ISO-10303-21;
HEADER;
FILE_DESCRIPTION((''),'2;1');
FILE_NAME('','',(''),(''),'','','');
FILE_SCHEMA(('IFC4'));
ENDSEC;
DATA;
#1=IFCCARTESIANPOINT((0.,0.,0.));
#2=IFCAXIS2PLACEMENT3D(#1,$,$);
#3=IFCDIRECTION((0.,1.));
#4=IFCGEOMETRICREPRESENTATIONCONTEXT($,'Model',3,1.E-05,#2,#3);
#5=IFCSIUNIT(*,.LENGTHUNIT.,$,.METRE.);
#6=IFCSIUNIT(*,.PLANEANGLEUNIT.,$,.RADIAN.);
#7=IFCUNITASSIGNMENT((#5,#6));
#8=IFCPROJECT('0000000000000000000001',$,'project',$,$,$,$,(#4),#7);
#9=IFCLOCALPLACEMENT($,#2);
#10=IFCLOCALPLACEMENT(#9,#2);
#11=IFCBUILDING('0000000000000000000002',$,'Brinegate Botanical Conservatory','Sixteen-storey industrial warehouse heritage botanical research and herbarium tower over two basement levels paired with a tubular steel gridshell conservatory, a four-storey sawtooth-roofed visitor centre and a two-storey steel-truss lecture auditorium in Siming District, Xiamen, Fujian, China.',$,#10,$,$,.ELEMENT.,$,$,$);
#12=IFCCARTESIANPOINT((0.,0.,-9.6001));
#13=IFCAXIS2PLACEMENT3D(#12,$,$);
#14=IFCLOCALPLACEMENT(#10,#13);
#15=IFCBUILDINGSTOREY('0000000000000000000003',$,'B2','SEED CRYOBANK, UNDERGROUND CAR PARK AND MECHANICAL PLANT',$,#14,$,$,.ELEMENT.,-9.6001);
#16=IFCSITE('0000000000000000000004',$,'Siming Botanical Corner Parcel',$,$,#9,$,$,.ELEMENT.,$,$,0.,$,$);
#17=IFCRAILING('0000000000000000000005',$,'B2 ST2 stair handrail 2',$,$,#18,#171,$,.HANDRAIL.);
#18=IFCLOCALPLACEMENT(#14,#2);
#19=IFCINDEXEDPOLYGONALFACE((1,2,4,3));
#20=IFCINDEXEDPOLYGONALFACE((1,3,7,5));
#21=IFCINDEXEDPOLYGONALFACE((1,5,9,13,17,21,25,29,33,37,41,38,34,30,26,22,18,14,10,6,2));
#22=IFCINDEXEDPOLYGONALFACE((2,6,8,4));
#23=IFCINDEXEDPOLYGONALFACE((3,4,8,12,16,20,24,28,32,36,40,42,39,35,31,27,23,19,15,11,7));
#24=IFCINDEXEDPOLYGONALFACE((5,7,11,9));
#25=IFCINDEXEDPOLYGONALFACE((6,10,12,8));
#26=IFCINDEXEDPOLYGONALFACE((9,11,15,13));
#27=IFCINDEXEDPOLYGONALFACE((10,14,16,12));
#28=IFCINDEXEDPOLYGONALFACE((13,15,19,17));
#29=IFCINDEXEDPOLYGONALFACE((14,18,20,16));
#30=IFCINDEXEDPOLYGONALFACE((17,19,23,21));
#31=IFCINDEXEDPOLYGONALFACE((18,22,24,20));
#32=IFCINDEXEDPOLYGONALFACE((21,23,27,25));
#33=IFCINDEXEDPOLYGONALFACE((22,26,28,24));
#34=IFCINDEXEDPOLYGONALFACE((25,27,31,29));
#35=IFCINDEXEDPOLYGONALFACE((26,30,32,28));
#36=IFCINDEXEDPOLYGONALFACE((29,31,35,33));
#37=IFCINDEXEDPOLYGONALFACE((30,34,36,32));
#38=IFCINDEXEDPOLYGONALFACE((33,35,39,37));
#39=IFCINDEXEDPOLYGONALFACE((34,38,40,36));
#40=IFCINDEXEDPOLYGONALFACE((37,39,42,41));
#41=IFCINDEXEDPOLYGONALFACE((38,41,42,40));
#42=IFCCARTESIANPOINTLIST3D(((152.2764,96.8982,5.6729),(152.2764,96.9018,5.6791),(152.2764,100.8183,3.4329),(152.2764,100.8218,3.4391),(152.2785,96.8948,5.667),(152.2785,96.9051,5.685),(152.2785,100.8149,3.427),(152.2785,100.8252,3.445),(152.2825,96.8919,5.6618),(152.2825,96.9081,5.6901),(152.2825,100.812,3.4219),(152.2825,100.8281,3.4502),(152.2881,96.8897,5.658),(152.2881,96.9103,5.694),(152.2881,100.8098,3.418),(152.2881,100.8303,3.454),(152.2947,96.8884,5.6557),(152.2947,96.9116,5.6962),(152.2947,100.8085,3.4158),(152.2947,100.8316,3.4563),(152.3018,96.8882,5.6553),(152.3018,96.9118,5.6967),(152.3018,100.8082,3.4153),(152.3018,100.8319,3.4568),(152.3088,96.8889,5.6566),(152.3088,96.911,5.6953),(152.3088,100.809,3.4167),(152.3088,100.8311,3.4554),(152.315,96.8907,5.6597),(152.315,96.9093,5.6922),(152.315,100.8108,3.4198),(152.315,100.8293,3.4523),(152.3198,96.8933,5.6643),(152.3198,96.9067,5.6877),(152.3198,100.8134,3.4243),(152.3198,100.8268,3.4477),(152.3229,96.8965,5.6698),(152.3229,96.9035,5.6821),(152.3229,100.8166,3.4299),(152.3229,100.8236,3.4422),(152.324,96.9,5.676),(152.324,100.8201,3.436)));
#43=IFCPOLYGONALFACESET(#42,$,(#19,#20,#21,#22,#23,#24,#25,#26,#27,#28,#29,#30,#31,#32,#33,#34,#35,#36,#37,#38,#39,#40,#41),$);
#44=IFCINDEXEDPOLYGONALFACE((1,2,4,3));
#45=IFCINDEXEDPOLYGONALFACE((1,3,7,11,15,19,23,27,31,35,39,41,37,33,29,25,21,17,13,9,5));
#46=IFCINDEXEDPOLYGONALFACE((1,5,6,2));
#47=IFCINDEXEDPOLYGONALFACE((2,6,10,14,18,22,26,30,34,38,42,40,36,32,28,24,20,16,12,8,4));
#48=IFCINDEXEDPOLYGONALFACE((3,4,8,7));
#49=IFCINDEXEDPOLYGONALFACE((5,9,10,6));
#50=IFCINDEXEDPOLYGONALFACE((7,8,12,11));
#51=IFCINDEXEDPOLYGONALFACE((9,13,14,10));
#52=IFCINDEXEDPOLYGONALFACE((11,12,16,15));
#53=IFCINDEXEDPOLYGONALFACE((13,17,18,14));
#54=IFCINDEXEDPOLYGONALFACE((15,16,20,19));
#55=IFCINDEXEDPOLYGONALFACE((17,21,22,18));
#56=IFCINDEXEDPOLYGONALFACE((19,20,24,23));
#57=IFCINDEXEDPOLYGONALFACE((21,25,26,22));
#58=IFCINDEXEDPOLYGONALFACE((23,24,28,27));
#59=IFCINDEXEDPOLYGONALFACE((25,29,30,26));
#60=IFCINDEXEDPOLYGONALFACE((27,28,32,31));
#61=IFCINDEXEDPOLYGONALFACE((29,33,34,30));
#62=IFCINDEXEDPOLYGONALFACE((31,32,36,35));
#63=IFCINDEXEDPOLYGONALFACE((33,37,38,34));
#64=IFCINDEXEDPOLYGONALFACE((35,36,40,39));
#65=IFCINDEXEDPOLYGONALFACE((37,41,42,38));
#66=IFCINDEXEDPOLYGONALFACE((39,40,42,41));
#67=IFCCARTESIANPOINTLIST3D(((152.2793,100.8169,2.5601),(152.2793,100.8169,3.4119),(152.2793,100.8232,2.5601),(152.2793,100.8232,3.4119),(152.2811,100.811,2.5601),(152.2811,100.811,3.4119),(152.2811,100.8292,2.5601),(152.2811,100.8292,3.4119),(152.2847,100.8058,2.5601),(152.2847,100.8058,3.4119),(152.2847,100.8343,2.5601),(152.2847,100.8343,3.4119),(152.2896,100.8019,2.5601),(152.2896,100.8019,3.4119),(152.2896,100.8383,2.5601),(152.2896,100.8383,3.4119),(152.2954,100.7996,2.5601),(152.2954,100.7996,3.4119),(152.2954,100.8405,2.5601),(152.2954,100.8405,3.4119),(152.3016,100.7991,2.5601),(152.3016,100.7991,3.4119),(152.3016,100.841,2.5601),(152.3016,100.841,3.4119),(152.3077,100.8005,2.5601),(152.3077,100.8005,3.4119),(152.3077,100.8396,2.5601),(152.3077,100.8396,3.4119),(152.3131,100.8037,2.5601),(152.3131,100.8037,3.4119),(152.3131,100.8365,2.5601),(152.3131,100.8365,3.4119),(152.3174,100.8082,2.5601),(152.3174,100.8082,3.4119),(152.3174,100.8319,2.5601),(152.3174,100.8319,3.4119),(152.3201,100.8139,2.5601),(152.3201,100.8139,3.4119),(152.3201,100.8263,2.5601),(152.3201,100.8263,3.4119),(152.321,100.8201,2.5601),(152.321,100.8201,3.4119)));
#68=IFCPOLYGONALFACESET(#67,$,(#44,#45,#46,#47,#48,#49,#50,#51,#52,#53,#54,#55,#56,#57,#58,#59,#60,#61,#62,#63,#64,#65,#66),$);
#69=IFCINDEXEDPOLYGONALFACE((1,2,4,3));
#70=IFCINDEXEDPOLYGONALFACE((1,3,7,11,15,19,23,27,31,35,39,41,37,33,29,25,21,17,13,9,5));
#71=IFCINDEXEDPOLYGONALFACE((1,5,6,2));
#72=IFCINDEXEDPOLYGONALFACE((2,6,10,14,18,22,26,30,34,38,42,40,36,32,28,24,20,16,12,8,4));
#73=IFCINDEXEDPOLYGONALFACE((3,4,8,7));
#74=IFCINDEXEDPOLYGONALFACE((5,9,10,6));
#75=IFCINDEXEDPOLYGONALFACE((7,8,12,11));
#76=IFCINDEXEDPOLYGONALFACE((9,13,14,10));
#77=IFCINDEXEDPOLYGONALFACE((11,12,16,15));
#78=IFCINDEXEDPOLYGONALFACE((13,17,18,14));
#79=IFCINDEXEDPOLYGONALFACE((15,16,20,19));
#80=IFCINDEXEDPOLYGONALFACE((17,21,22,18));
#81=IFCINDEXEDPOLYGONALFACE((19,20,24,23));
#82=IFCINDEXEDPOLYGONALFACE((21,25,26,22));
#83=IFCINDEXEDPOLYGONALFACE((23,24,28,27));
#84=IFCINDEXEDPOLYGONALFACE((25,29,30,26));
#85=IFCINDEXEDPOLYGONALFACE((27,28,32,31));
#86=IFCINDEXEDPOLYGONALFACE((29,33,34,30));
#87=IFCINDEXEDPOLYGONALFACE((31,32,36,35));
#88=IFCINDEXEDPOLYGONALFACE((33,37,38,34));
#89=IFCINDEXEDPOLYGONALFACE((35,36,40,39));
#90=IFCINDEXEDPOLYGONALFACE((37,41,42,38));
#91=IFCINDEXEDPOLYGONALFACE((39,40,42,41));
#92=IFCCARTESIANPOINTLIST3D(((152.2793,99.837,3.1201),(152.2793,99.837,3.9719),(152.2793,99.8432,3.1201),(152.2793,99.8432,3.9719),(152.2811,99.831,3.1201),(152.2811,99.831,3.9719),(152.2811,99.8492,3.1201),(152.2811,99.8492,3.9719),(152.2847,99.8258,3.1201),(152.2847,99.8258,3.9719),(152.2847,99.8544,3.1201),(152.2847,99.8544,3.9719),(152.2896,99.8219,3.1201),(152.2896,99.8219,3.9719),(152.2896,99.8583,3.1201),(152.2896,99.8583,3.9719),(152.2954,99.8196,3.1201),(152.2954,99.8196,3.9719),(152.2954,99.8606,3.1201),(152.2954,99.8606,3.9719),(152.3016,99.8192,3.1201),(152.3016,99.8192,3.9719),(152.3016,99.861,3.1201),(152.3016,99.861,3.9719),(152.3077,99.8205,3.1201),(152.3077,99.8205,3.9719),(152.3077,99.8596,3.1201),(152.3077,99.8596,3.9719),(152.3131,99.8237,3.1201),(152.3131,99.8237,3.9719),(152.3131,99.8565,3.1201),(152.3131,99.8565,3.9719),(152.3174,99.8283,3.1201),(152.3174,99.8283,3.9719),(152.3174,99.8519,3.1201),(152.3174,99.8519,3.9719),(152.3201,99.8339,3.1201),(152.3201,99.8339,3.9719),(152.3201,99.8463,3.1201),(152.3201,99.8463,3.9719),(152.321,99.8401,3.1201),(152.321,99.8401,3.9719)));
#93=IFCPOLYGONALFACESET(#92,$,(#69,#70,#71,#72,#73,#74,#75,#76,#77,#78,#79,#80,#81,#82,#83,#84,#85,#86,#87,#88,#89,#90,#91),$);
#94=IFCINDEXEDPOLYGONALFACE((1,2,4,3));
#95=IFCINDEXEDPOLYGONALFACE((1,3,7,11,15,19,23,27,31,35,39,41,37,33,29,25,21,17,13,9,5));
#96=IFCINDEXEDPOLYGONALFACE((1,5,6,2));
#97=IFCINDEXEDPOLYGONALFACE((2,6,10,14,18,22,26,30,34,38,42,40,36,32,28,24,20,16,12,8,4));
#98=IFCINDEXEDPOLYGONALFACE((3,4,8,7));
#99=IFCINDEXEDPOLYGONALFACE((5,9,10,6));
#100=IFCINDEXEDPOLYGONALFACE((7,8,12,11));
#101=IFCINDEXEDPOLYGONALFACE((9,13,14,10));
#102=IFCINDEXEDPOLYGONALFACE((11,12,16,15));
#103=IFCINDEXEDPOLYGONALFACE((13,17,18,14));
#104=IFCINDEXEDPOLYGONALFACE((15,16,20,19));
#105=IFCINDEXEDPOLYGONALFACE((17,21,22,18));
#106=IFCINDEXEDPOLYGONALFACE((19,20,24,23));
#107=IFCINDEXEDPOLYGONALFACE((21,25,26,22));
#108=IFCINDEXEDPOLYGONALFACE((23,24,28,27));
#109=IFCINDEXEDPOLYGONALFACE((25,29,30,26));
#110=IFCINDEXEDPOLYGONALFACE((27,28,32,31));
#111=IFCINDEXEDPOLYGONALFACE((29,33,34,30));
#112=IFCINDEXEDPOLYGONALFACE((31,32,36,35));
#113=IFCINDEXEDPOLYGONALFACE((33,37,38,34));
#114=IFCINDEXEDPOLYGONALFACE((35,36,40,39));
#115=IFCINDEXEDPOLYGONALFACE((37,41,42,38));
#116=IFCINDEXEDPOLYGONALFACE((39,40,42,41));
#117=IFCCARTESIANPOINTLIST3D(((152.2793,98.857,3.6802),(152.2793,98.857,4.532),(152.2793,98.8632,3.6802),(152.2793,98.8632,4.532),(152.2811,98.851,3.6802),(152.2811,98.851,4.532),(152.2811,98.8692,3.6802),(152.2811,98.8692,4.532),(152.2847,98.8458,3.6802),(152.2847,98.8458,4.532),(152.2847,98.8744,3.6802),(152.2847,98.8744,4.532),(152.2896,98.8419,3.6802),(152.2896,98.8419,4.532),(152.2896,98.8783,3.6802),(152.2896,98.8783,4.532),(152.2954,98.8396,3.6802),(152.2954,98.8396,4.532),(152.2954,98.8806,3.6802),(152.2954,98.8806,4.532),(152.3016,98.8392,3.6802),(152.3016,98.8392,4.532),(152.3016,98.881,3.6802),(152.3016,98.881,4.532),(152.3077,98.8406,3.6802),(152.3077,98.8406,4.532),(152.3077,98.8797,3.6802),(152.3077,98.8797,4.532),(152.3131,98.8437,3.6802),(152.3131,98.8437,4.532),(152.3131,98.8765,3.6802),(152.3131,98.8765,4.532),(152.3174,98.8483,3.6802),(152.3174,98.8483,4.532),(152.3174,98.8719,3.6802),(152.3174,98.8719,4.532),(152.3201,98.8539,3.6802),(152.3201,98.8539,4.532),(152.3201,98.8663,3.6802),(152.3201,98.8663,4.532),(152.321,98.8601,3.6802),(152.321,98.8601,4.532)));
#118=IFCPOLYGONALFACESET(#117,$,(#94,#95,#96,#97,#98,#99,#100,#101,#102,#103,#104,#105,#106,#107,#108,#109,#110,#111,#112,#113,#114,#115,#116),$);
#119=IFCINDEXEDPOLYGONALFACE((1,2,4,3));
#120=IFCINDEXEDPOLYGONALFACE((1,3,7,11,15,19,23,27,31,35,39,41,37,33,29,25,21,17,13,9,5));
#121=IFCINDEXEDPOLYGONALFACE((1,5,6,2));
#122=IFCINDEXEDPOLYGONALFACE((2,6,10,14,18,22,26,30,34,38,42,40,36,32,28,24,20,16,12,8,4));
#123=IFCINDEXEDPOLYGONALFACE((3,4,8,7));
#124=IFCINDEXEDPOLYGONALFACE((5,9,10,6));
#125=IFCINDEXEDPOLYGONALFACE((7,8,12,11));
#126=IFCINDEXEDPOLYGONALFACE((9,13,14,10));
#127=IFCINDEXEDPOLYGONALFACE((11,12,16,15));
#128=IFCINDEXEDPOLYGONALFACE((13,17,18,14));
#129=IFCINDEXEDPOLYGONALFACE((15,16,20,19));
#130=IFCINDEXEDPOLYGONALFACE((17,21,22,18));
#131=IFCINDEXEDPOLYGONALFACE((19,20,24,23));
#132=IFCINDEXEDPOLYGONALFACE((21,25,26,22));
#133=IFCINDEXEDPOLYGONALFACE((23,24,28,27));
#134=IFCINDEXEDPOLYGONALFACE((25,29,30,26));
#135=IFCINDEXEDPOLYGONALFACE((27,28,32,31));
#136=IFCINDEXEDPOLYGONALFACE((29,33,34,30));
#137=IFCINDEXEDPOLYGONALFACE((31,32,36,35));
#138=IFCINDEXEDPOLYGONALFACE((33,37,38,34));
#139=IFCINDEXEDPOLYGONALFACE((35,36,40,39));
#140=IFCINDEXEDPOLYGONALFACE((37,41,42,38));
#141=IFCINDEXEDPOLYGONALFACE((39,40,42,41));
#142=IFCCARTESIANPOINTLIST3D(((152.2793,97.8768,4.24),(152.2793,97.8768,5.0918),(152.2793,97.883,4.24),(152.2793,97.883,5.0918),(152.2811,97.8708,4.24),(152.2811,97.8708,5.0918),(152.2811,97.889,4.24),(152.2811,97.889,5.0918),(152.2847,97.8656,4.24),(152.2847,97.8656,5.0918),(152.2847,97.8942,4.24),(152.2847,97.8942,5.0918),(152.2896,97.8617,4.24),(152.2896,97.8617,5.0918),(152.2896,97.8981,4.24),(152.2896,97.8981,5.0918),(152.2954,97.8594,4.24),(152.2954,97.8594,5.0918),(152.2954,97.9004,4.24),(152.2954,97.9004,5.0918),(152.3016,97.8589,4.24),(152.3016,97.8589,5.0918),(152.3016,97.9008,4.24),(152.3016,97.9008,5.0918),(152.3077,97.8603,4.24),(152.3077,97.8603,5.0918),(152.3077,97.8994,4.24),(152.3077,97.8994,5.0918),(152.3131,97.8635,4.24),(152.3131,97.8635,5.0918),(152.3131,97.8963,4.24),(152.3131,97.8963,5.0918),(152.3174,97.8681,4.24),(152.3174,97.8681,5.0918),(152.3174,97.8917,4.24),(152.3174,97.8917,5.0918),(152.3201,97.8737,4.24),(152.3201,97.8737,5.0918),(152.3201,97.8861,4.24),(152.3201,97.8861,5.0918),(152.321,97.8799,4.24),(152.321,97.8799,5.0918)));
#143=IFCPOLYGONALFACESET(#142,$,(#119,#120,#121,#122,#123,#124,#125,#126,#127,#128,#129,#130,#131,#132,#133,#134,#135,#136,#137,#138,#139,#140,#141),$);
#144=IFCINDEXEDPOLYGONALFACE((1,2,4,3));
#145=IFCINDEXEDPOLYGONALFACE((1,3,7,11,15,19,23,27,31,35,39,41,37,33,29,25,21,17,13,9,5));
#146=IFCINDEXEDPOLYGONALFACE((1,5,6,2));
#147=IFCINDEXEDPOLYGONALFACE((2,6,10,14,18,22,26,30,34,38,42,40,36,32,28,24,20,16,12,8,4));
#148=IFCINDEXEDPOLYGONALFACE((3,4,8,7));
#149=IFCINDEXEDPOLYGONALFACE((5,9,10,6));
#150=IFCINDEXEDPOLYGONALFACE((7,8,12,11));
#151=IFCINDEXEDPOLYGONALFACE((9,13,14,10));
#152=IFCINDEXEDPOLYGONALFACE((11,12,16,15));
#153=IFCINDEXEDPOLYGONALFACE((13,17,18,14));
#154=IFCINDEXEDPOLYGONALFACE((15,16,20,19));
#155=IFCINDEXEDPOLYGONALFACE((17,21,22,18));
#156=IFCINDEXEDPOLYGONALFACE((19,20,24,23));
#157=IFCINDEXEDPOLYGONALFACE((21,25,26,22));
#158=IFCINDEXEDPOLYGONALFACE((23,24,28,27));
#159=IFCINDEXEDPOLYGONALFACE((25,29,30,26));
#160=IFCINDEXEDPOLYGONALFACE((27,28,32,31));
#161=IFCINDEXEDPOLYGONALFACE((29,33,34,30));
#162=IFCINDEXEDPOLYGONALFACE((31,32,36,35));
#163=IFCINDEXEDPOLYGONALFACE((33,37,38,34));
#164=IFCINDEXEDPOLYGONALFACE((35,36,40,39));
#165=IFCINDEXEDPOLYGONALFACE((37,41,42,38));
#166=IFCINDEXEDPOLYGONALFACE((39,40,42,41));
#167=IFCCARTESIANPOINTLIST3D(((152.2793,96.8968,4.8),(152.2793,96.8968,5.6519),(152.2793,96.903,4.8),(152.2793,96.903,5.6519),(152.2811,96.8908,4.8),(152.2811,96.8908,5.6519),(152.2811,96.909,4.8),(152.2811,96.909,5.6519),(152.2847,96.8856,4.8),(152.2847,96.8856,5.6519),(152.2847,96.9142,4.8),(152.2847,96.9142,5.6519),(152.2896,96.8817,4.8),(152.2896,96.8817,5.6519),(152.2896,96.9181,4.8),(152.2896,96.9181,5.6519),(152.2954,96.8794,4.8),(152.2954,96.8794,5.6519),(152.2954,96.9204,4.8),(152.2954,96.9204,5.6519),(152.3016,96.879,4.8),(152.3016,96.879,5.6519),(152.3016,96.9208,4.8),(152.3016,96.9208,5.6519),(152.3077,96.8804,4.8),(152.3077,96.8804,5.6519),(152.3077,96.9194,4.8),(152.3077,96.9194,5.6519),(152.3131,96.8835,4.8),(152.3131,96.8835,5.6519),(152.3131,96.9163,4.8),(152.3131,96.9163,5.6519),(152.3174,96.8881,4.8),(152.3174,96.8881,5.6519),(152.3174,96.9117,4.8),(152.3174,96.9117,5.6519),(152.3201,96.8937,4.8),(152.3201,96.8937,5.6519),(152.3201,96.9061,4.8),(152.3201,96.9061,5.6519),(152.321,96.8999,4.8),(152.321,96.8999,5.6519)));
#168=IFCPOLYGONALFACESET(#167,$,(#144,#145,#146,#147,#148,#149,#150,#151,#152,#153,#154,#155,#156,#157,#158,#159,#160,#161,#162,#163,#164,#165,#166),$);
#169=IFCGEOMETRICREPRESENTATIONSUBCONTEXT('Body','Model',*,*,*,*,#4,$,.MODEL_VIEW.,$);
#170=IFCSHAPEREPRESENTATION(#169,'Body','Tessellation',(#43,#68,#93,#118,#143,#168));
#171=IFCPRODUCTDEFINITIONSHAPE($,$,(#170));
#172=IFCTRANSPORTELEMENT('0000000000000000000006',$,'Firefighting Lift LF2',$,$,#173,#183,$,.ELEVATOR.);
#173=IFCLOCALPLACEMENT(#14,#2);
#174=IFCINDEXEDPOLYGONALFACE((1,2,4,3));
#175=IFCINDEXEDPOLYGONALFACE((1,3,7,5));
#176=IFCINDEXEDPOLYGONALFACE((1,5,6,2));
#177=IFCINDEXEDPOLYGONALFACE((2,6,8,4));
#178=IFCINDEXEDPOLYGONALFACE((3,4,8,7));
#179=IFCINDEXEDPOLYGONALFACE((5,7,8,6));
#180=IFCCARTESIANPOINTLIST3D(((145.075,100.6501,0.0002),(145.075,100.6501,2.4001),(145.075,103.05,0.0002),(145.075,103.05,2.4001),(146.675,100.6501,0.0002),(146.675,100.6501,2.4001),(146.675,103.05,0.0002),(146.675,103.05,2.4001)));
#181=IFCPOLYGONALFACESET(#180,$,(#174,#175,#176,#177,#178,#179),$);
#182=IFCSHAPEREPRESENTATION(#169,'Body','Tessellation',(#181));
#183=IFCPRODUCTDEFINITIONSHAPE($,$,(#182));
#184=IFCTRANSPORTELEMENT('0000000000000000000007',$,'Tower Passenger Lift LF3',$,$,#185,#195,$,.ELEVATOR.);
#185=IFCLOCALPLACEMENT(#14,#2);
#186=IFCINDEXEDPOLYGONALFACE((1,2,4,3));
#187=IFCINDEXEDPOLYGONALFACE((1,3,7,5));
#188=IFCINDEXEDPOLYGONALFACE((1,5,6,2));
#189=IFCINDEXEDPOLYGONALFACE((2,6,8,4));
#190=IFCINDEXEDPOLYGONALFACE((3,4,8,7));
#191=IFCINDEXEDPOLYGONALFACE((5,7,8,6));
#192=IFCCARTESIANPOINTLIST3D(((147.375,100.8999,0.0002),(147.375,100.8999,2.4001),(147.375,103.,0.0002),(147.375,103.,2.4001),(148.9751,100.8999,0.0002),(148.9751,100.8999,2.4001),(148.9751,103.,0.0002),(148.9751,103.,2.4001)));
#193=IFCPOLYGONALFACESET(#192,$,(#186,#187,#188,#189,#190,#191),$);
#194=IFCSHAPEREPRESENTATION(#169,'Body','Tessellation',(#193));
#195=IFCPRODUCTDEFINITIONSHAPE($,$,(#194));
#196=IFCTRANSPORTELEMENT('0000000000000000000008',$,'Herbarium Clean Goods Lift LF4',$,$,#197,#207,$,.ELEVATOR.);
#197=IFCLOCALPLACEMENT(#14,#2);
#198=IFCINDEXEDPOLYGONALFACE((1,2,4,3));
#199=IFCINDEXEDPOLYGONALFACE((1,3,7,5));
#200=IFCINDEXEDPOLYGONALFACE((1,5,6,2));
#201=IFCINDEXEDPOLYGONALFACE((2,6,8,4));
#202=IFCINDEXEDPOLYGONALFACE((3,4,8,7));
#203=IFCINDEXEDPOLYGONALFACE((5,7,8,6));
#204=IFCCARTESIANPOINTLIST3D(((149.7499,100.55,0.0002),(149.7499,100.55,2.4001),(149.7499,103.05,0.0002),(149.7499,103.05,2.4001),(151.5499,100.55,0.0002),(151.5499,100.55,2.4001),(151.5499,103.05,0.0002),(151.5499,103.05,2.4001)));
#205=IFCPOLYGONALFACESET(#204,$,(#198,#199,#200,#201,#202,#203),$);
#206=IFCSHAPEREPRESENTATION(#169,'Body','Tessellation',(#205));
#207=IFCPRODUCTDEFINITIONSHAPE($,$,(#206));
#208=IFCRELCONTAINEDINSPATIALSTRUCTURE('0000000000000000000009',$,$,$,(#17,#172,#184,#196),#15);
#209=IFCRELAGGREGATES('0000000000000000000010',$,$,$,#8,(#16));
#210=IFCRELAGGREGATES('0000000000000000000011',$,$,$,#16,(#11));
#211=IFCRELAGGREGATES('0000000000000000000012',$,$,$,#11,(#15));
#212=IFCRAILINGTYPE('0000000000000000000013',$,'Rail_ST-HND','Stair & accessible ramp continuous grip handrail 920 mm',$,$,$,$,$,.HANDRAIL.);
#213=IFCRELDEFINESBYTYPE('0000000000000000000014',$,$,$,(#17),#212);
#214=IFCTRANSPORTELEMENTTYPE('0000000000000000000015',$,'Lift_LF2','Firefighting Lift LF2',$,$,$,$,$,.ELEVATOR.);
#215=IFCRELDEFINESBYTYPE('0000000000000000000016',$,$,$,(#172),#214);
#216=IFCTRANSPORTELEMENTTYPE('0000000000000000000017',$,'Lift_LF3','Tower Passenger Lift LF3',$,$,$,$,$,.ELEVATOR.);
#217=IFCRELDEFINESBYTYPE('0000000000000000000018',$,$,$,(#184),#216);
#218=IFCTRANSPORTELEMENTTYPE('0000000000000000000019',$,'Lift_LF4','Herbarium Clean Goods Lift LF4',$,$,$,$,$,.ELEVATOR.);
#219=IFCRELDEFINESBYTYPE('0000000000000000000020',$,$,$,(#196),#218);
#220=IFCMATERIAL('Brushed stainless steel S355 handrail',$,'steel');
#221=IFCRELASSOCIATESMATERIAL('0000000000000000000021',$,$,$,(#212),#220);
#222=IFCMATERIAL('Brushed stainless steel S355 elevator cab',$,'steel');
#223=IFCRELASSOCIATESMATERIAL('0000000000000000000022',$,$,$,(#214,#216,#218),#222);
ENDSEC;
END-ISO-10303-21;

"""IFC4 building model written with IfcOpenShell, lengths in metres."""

from ifc_helpers import new_model, si_unit, direction, frame, origin, origin_2d, place, context, subcontext, project, spatial, rectangle, circle, extrude, material, type_object, element, save


model = new_model("IFC4")

# Units and contexts
model_context = context("Model", 3, precision=1e-05, world=origin(), true_north=direction((0.0, 1.0)))
body_context = subcontext(model_context, "Body", "Model", "MODEL_VIEW")
ifc_project = project(units=[si_unit("LENGTHUNIT", "METRE"), si_unit("PLANEANGLEUNIT", "RADIAN")], contexts=[model_context])

# Site, building, storey
site_placement = place(None, origin())
site = spatial("IfcSite", under=ifc_project, at=site_placement, Name="Siming Botanical Corner Parcel", CompositionType="ELEMENT", RefElevation=0.0)
building_placement = place(site_placement, origin())
building = spatial("IfcBuilding", under=site, at=building_placement, Name="Brinegate Botanical Conservatory", Description="Sixteen-storey industrial warehouse heritage botanical research and herbarium tower over two basement levels paired with a tubular steel gridshell conservatory, a four-storey sawtooth-roofed visitor centre and a two-storey steel-truss lecture auditorium in Siming District, Xiamen, Fujian, China.", CompositionType="ELEMENT")
storey_placement = place(building_placement, frame((0.0, 0.0, -9.6001)))
storey = spatial("IfcBuildingStorey", under=building, at=storey_placement, Name="B2", Description="SEED CRYOBANK, UNDERGROUND CAR PARK AND MECHANICAL PLANT", CompositionType="ELEMENT", Elevation=-9.6001)

# Railing
ifc_material_1 = material(Name="Brushed stainless steel S355 handrail", Category="steel")
railing_type_1 = type_object("IfcRailingType", Name="Rail_ST-HND", Description="Stair & accessible ramp continuous grip handrail 920 mm", PredefinedType="HANDRAIL", material=ifc_material_1)
railing_1_placement = place(storey_placement, frame((152.3, 100.8201, 2.5601)))
element("IfcRailing", 1, at=railing_1_placement, inside=storey, type_object=railing_type_1, Name="B2 ST2 stair handrail 2", PredefinedType="HANDRAIL", context=body_context, shape_type="SweptSolid", body=[
    extrude(circle(Radius=0.0239, at=origin_2d()), frame((0.0, 0.0, 0.876), z_axis=(0.0, -0.868253, 0.496121), x_axis=(1.0, 0.0, 0.0)), (0.0, 0.0, 1.0), 4.5149),
    extrude(circle(Radius=0.021, at=origin_2d()), origin(), (0.0, 0.0, 1.0), 0.8518),
    extrude(circle(Radius=0.021, at=origin_2d()), frame((0.0, -0.98, 0.5601)), (0.0, 0.0, 1.0), 0.8518),
    extrude(circle(Radius=0.021, at=origin_2d()), frame((0.0, -1.96, 1.1201)), (0.0, 0.0, 1.0), 0.8518),
    extrude(circle(Radius=0.021, at=origin_2d()), frame((0.0, -2.9402, 1.6799)), (0.0, 0.0, 1.0), 0.8518),
    extrude(circle(Radius=0.021, at=origin_2d()), frame((0.0, -3.9202, 2.24)), (0.0, 0.0, 1.0), 0.8518),
])

# Transport elements
ifc_material_2 = material(Name="Brushed stainless steel S355 elevator cab", Category="steel")
transport_element_type_1 = type_object("IfcTransportElementType", Name="Lift_LF2", Description="Firefighting Lift LF2", PredefinedType="ELEVATOR", material=ifc_material_2)
transport_element_1_placement = place(storey_placement, frame((145.875, 101.8501, 0.0002), z_axis=(0.0, 0.0, 1.0), x_axis=(1.0, 0.0, 0.0)))
element("IfcTransportElement", 2, at=transport_element_1_placement, inside=storey, type_object=transport_element_type_1, Name="Firefighting Lift LF2", PredefinedType="ELEVATOR", context=body_context, shape_type="SweptSolid", body=[
    extrude(rectangle(XDim=1.6001, YDim=2.3999, at=origin_2d()), origin(), (0.0, 0.0, 1.0), 2.3999),
])
transport_element_type_2 = type_object("IfcTransportElementType", Name="Lift_LF3", Description="Tower Passenger Lift LF3", PredefinedType="ELEVATOR", material=ifc_material_2)
transport_element_2_placement = place(storey_placement, frame((148.175, 101.95, 0.0002), z_axis=(0.0, 0.0, 1.0), x_axis=(1.0, 0.0, 0.0)))
element("IfcTransportElement", 3, at=transport_element_2_placement, inside=storey, type_object=transport_element_type_2, Name="Tower Passenger Lift LF3", PredefinedType="ELEVATOR", context=body_context, shape_type="SweptSolid", body=[
    extrude(rectangle(XDim=1.6001, YDim=2.1001, at=origin_2d()), origin(), (0.0, 0.0, 1.0), 2.3999),
])
transport_element_type_3 = type_object("IfcTransportElementType", Name="Lift_LF4", Description="Herbarium Clean Goods Lift LF4", PredefinedType="ELEVATOR", material=ifc_material_2)
transport_element_3_placement = place(storey_placement, frame((150.6499, 101.8, 0.0002), z_axis=(0.0, 0.0, 1.0), x_axis=(1.0, 0.0, 0.0)))
element("IfcTransportElement", 4, at=transport_element_3_placement, inside=storey, type_object=transport_element_type_3, Name="Herbarium Clean Goods Lift LF4", PredefinedType="ELEVATOR", context=body_context, shape_type="SweptSolid", body=[
    extrude(rectangle(XDim=1.8, YDim=2.5, at=origin_2d()), origin(), (0.0, 0.0, 1.0), 2.3999),
])

save(model, "model.ifc")
